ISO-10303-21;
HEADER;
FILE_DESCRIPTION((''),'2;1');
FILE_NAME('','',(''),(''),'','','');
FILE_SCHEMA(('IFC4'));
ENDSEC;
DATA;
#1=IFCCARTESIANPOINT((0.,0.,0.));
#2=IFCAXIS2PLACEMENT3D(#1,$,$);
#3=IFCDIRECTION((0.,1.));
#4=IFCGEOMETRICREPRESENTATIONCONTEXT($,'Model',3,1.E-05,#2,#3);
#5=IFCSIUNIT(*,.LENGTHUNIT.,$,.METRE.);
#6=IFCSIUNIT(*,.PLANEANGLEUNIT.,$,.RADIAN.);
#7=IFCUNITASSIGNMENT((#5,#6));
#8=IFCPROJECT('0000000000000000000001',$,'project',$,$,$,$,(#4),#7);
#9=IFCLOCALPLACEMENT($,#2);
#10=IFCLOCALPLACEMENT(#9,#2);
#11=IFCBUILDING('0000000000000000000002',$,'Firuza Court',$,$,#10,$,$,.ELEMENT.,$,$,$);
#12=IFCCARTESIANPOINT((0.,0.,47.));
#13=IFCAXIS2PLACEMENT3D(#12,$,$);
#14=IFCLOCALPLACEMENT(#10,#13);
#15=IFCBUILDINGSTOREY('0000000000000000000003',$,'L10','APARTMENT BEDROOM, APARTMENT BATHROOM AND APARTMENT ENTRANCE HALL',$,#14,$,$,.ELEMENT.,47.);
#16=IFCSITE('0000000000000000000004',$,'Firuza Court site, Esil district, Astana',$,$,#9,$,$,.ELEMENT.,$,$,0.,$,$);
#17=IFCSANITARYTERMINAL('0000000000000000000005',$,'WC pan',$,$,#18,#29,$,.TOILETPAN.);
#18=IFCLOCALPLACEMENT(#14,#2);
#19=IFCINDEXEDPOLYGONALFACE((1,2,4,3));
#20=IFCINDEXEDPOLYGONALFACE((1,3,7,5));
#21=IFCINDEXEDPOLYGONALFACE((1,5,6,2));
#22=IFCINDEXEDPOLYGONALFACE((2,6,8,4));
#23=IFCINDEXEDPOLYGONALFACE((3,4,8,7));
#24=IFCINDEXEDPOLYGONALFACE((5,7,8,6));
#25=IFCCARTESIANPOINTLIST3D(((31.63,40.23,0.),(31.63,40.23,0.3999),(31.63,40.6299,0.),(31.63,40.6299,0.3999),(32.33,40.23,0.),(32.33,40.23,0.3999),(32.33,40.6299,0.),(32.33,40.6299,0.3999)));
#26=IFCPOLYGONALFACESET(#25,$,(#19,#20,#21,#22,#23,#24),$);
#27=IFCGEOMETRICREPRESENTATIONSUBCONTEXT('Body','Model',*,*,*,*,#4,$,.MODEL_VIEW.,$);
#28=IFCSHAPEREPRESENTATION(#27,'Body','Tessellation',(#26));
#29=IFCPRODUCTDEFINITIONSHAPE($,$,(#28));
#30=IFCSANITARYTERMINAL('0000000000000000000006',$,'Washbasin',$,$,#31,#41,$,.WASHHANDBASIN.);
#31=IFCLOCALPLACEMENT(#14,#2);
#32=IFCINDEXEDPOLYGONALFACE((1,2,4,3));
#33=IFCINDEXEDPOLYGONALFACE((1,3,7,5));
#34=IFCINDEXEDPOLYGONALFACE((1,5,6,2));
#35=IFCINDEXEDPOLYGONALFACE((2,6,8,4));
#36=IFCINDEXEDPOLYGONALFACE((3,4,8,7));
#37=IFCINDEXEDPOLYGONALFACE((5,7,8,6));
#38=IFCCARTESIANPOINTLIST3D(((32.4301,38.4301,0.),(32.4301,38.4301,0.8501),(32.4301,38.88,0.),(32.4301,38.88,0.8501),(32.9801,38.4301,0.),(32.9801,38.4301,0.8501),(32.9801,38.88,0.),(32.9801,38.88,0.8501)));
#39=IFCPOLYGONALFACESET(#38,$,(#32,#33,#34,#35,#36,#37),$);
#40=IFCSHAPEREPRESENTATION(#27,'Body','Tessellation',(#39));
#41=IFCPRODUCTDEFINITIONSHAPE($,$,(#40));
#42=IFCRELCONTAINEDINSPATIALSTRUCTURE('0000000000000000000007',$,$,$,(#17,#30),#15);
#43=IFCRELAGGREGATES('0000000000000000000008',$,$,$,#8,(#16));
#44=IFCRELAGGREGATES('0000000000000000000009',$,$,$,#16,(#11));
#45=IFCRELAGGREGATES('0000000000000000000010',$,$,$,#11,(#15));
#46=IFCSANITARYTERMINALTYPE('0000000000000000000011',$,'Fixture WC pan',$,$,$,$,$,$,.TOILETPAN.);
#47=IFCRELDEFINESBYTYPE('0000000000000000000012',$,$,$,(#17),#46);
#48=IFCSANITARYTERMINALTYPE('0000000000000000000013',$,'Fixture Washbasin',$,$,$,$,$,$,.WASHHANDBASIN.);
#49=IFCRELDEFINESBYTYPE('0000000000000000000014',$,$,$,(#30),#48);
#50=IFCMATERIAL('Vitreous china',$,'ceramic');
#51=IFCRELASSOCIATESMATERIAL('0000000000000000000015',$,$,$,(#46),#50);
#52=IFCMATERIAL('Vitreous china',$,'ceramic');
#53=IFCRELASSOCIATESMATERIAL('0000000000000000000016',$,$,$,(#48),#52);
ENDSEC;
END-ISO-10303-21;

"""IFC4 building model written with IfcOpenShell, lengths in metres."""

from ifc_helpers import new_model, si_unit, direction, frame, origin, origin_2d, place, context, subcontext, project, spatial, rectangle, extrude, material, type_object, element, save


model = new_model("IFC4")

# Units and contexts
model_context = context("Model", 3, precision=1e-05, world=origin(), true_north=direction((0.0, 1.0)))
body_context = subcontext(model_context, "Body", "Model", "MODEL_VIEW")
ifc_project = project(units=[si_unit("LENGTHUNIT", "METRE"), si_unit("PLANEANGLEUNIT", "RADIAN")], contexts=[model_context])

# Site, building, storey
site_placement = place(None, origin())
site = spatial("IfcSite", under=ifc_project, at=site_placement, Name="Firuza Court site, Esil district, Astana", CompositionType="ELEMENT", RefElevation=0.0)
building_placement = place(site_placement, origin())
building = spatial("IfcBuilding", under=site, at=building_placement, Name="Firuza Court", CompositionType="ELEMENT")
storey_placement = place(building_placement, frame((0.0, 0.0, 47.0)))
storey = spatial("IfcBuildingStorey", under=building, at=storey_placement, Name="L10", Description="APARTMENT BEDROOM, APARTMENT BATHROOM AND APARTMENT ENTRANCE HALL", CompositionType="ELEMENT", Elevation=47.0)

# Sanitary terminals
ifc_material_1 = material(Name="Vitreous china", Category="ceramic")
sanitary_terminal_type_1 = type_object("IfcSanitaryTerminalType", Name="Fixture WC pan", PredefinedType="TOILETPAN", material=ifc_material_1)
sanitary_terminal_1_placement = place(storey_placement, frame((31.98, 40.4299, 0.0), z_axis=(0.0, 0.0, 1.0), x_axis=(1.0, 0.0, 0.0)))
element("IfcSanitaryTerminal", 1, at=sanitary_terminal_1_placement, inside=storey, type_object=sanitary_terminal_type_1, Name="WC pan", PredefinedType="TOILETPAN", context=body_context, shape_type="SweptSolid", body=[
    extrude(rectangle(XDim=0.7, YDim=0.3999, at=origin_2d()), origin(), (0.0, 0.0, 1.0), 0.3999),
])
ifc_material_2 = material(Name="Vitreous china", Category="ceramic")
sanitary_terminal_type_2 = type_object("IfcSanitaryTerminalType", Name="Fixture Washbasin", PredefinedType="WASHHANDBASIN", material=ifc_material_2)
sanitary_terminal_2_placement = place(storey_placement, frame((32.7051, 38.655, 0.0), z_axis=(0.0, 0.0, 1.0), x_axis=(1.0, 0.0, 0.0)))
element("IfcSanitaryTerminal", 2, at=sanitary_terminal_2_placement, inside=storey, type_object=sanitary_terminal_type_2, Name="Washbasin", PredefinedType="WASHHANDBASIN", context=body_context, shape_type="SweptSolid", body=[
    extrude(rectangle(XDim=0.55, YDim=0.45, at=origin_2d()), origin(), (0.0, 0.0, 1.0), 0.8501),
])

save(model, "model.ifc")
